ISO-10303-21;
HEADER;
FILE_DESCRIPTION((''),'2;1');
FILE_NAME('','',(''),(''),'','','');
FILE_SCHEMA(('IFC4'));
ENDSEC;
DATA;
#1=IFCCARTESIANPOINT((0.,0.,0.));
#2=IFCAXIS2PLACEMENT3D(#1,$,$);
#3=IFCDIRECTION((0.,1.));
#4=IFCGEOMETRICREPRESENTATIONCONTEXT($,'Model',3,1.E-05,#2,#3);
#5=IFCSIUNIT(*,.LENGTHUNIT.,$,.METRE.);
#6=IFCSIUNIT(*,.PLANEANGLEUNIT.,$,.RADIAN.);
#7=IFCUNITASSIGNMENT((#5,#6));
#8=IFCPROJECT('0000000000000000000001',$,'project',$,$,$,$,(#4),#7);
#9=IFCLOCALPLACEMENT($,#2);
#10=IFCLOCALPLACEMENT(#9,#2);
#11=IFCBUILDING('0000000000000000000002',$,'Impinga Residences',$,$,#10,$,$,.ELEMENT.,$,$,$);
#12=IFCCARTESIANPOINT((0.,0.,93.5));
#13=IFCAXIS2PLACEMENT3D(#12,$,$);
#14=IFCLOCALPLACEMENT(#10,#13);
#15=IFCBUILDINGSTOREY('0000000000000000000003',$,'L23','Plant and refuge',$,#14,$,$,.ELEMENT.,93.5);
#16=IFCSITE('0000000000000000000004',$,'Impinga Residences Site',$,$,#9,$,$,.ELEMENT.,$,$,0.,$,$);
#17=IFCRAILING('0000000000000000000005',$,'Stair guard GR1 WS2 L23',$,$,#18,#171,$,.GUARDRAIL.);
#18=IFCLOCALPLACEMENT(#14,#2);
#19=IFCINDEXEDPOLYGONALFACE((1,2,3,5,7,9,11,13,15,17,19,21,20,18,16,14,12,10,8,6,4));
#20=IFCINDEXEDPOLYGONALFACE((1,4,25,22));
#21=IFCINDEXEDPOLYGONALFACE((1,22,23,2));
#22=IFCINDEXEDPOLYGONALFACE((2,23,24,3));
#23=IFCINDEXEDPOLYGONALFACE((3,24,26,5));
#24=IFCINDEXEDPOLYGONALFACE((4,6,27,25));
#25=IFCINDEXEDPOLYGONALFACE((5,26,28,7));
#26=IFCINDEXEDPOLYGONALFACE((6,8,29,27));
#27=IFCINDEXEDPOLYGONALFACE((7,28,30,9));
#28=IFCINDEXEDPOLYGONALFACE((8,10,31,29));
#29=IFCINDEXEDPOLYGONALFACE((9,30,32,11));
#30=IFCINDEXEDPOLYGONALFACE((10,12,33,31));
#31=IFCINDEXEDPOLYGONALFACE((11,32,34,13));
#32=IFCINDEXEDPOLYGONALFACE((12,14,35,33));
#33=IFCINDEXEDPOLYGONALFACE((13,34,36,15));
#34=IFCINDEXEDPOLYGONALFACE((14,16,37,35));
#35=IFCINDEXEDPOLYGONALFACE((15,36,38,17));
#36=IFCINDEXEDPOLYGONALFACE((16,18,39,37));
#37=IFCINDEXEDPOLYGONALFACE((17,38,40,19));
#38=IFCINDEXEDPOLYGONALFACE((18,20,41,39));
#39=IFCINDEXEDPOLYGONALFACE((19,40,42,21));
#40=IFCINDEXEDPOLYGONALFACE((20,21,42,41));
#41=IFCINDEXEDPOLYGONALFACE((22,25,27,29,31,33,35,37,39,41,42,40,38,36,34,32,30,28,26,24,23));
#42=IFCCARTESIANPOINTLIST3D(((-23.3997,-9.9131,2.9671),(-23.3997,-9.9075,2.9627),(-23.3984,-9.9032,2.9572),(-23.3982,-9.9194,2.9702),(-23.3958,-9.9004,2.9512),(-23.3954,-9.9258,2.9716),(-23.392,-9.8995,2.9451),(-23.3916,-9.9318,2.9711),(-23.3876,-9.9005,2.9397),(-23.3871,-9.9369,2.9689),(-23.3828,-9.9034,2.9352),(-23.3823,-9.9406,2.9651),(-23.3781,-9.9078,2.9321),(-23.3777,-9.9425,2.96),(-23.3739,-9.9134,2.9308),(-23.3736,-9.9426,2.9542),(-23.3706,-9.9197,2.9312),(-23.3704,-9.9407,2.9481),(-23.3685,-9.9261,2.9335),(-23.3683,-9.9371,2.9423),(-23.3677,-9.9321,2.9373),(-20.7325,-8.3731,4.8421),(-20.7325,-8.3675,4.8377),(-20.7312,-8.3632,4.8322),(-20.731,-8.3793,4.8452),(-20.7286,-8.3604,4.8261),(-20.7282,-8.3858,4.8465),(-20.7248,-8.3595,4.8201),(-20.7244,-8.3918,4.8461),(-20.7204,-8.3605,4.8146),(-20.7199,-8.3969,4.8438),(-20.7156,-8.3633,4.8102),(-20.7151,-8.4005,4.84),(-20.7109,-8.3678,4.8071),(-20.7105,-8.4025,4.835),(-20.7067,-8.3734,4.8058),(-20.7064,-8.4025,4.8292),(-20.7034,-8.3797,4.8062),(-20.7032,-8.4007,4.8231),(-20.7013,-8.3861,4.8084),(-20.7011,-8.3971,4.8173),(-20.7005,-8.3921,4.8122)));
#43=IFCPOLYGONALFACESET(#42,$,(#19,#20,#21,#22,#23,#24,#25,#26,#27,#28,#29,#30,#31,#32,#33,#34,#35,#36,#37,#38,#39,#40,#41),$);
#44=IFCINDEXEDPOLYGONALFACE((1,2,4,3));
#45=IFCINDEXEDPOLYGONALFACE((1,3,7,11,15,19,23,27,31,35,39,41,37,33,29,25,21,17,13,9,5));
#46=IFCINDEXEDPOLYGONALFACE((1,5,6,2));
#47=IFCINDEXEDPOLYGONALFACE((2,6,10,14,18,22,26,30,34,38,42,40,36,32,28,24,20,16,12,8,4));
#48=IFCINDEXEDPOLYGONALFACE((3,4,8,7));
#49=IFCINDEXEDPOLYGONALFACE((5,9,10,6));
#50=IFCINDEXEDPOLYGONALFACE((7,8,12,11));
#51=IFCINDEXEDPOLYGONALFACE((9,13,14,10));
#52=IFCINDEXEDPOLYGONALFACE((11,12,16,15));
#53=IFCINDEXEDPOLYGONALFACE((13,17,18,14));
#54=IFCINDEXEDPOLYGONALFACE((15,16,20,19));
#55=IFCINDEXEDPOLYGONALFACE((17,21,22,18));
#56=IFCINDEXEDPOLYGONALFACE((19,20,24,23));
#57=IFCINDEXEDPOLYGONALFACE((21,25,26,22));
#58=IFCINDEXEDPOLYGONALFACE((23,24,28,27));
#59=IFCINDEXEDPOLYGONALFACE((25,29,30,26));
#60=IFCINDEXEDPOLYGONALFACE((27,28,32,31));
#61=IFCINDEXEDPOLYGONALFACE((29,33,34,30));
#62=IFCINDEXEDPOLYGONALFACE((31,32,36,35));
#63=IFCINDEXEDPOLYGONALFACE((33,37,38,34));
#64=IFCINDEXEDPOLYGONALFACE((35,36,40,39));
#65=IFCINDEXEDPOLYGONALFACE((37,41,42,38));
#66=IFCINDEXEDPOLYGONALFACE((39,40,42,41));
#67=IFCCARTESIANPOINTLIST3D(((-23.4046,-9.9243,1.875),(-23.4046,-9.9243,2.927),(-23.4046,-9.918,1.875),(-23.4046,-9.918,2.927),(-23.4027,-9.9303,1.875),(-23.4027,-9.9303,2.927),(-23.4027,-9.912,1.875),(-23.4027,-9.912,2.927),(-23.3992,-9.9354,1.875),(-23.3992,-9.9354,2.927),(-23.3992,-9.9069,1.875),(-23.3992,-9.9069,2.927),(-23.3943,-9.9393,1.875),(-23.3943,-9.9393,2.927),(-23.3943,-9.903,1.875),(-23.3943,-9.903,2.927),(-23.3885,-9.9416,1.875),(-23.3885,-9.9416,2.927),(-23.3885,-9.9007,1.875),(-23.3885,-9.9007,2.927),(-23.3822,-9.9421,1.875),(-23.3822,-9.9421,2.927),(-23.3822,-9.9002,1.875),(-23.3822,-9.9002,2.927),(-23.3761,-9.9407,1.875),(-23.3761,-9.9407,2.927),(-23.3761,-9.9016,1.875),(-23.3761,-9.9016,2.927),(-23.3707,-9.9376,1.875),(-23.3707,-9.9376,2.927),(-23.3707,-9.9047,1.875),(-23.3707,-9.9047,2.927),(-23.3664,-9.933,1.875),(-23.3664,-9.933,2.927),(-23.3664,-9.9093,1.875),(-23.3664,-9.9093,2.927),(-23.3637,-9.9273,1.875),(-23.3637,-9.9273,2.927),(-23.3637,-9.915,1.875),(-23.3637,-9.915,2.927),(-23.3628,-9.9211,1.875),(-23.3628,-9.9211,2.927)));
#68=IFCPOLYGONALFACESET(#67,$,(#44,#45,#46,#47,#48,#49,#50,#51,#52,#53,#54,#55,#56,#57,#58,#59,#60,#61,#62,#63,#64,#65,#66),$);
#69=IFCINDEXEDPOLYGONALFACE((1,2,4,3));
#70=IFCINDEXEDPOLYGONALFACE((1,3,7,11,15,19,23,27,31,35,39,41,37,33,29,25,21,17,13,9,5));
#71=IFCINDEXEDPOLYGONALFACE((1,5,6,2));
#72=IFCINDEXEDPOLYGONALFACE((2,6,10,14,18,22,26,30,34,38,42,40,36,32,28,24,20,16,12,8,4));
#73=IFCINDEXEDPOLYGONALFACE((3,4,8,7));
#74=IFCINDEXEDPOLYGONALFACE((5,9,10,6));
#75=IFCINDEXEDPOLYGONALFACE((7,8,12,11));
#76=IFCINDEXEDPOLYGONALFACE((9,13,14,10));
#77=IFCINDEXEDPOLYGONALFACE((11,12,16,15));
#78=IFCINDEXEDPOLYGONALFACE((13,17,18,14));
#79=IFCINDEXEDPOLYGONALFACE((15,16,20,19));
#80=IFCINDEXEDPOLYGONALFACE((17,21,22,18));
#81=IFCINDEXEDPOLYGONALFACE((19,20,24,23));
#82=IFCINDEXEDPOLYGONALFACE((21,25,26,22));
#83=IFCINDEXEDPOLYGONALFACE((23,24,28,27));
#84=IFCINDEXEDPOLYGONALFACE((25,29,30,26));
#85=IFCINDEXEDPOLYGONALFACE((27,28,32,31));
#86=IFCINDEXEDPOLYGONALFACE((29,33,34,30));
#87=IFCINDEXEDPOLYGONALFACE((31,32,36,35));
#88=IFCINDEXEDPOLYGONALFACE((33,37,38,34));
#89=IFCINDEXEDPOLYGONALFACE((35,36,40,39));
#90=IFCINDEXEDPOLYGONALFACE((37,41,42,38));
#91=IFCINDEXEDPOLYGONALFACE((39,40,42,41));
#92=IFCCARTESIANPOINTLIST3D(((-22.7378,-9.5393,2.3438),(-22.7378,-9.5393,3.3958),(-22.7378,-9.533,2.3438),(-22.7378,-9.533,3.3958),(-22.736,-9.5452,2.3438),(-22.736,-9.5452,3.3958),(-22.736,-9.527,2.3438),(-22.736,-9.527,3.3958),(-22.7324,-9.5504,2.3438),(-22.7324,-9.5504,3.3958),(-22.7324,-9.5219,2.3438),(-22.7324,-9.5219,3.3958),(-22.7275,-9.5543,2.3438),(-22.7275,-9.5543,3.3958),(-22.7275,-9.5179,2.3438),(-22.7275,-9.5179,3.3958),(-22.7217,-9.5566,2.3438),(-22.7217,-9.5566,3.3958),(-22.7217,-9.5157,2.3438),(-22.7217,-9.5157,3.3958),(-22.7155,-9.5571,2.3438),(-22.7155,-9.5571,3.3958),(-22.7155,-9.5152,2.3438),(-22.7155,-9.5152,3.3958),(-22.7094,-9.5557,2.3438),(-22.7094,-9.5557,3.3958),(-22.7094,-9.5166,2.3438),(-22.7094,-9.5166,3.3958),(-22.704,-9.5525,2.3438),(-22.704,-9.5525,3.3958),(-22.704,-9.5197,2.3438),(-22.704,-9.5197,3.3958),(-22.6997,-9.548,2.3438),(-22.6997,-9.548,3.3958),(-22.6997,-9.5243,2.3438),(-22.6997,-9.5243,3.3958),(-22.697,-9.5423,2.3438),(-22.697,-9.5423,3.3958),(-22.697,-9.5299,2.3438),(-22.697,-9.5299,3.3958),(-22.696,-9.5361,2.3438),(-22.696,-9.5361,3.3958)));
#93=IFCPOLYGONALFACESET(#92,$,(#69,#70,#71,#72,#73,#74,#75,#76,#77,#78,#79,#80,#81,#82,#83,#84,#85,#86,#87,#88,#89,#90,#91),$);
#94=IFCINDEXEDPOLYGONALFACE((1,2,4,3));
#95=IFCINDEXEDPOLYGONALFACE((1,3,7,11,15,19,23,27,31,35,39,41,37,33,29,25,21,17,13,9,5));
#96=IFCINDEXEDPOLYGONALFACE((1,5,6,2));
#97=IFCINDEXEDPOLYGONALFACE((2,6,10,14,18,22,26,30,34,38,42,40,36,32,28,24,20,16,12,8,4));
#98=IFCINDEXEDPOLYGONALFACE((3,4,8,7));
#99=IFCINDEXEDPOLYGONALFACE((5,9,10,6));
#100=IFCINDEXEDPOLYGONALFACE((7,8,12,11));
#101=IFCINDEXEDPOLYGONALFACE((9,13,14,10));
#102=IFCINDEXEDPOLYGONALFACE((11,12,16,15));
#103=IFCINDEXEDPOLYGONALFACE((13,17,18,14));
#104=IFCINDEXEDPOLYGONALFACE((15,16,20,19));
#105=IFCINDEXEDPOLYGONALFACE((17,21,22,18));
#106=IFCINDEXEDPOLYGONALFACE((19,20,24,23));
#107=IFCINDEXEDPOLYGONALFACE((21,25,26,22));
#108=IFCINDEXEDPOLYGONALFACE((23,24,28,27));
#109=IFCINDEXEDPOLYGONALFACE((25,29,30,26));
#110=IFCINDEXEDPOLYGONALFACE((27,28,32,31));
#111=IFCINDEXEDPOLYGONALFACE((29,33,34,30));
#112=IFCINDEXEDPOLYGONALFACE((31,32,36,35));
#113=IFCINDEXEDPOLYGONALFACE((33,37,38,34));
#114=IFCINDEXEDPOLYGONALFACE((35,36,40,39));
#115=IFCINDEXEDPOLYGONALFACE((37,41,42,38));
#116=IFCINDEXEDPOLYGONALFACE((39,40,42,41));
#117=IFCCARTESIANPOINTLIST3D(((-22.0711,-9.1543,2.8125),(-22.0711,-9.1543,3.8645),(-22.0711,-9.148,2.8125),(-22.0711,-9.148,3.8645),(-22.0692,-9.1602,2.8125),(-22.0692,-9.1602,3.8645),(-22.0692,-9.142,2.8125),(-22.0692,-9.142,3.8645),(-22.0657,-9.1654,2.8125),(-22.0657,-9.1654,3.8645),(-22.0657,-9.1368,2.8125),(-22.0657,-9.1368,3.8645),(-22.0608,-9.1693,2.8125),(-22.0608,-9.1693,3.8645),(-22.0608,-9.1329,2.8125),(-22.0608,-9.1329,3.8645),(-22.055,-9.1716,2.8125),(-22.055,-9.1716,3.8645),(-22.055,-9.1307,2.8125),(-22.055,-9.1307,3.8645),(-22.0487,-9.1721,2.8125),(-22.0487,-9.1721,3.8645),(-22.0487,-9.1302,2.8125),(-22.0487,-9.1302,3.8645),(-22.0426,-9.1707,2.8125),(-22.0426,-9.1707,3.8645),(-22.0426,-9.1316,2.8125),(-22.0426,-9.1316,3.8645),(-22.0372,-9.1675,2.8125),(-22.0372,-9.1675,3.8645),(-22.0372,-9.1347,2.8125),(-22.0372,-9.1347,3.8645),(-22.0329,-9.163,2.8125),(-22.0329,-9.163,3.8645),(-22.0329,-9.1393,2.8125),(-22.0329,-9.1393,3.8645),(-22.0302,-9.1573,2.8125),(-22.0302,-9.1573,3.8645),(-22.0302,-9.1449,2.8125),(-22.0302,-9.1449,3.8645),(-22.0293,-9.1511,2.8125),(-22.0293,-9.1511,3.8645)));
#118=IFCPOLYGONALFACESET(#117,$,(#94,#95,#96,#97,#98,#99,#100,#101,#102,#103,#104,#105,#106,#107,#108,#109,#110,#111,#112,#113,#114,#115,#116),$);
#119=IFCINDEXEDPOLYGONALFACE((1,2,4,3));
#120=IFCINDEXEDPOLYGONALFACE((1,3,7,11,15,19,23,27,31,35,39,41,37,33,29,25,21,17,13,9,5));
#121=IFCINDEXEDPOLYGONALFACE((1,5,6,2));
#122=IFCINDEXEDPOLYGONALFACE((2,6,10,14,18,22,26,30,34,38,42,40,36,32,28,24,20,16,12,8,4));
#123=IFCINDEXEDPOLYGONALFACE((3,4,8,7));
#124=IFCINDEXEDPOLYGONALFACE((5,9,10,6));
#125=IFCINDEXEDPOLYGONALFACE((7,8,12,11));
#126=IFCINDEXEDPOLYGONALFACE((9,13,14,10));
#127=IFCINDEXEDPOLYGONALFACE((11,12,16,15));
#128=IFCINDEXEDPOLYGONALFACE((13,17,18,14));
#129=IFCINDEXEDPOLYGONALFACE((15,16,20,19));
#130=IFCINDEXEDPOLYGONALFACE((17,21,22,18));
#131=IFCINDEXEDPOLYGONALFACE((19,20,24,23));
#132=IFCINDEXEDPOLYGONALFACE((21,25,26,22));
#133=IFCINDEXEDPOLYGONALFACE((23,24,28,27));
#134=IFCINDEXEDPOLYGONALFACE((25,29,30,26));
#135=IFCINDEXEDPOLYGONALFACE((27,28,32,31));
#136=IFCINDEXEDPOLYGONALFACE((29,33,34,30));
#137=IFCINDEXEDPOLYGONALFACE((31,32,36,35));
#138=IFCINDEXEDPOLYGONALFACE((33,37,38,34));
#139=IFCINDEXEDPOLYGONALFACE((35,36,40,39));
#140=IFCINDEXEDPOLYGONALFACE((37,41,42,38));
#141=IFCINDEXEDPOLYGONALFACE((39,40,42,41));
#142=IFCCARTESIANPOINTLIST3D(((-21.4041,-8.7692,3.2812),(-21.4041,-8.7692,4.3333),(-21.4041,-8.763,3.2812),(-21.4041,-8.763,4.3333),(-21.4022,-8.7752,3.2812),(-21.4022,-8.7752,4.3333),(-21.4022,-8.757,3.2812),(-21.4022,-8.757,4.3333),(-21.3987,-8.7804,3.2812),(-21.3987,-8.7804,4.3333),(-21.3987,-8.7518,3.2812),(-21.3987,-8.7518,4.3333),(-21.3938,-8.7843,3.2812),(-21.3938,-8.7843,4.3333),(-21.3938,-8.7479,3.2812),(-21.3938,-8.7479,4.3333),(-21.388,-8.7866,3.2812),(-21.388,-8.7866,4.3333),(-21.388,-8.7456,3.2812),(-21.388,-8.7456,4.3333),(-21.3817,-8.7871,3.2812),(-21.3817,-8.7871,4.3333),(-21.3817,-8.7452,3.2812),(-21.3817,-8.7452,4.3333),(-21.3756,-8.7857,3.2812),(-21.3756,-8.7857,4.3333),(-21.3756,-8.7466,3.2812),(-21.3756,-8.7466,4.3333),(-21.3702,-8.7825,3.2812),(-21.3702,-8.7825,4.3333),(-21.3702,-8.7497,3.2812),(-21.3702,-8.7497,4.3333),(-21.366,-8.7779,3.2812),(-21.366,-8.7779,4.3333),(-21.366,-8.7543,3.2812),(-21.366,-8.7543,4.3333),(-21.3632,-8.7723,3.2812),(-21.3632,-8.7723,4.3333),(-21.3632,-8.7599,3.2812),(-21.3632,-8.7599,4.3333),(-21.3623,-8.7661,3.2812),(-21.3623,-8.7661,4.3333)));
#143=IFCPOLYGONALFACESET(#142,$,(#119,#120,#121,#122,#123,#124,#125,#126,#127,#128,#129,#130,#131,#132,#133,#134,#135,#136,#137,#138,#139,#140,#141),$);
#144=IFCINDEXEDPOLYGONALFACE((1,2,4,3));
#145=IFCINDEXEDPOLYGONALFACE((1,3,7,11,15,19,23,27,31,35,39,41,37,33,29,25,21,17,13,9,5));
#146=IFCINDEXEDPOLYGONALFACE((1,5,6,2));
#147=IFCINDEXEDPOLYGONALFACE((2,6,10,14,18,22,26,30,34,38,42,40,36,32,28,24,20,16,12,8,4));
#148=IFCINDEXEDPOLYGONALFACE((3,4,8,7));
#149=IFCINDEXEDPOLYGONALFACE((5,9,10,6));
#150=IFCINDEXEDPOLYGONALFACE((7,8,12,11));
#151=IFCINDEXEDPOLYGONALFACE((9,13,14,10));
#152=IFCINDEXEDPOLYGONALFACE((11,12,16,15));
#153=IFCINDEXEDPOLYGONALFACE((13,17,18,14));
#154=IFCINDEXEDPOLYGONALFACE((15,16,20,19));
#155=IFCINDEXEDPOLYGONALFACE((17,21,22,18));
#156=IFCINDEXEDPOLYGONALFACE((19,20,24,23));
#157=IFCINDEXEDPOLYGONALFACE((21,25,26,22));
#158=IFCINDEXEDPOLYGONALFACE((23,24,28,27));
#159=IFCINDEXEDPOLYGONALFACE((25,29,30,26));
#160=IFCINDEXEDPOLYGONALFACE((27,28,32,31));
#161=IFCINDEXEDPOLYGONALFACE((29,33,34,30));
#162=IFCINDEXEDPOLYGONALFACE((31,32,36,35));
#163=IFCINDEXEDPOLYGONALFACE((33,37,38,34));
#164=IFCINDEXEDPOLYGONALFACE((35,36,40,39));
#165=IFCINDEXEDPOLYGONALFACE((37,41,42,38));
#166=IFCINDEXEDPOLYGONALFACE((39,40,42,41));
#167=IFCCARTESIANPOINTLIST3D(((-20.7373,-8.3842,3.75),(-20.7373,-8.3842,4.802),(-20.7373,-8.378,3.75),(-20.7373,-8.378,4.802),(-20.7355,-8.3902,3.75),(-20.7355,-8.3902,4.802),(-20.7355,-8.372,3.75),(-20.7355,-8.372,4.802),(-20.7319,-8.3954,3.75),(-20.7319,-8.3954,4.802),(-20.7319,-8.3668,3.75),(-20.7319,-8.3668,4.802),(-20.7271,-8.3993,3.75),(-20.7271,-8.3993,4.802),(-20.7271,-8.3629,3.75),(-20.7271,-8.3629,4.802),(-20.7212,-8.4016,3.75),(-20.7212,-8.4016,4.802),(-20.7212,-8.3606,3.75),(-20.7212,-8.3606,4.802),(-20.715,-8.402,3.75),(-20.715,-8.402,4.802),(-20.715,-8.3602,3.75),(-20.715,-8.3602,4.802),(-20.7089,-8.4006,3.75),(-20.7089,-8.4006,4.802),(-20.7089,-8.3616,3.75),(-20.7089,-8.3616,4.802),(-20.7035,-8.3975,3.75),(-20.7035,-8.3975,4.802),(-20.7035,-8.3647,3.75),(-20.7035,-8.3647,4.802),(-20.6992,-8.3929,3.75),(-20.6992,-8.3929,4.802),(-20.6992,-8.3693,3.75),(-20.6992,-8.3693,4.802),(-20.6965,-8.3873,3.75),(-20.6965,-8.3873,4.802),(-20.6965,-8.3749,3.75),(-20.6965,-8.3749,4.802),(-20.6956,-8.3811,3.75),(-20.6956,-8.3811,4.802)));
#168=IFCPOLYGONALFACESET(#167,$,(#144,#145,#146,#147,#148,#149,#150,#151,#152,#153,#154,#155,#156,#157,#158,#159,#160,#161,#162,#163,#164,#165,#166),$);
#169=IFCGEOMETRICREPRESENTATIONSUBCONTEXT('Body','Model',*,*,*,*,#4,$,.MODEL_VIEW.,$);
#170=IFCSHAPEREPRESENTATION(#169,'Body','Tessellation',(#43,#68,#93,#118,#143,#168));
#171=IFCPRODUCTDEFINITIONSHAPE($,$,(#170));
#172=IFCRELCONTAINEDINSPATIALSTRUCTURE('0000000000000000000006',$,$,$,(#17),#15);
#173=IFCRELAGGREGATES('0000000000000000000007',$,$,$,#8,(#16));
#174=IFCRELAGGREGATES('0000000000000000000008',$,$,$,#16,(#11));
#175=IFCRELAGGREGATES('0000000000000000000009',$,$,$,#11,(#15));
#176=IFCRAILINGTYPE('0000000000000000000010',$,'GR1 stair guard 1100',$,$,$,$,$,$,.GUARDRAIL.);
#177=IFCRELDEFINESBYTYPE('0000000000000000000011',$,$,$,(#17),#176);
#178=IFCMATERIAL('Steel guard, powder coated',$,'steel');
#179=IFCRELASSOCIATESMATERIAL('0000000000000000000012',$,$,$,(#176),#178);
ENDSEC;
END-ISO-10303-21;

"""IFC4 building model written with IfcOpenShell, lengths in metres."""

from ifc_helpers import new_model, si_unit, direction, frame, origin, origin_2d, place, context, subcontext, project, spatial, circle, extrude, material, type_object, element, save


model = new_model("IFC4")

# Units and contexts
model_context = context("Model", 3, precision=1e-05, world=origin(), true_north=direction((0.0, 1.0)))
body_context = subcontext(model_context, "Body", "Model", "MODEL_VIEW")
ifc_project = project(units=[si_unit("LENGTHUNIT", "METRE"), si_unit("PLANEANGLEUNIT", "RADIAN")], contexts=[model_context])

# Site, building, storey
site_placement = place(None, origin())
site = spatial("IfcSite", under=ifc_project, at=site_placement, Name="Impinga Residences Site", CompositionType="ELEMENT", RefElevation=0.0)
building_placement = place(site_placement, origin())
building = spatial("IfcBuilding", under=site, at=building_placement, Name="Impinga Residences", CompositionType="ELEMENT")
storey_placement = place(building_placement, frame((0.0, 0.0, 93.5)))
storey = spatial("IfcBuildingStorey", under=building, at=storey_placement, Name="L23", Description="Plant and refuge", CompositionType="ELEMENT", Elevation=93.5)

# Railing
ifc_material_1 = material(Name="Steel guard, powder coated", Category="steel")
railing_type_1 = type_object("IfcRailingType", Name="GR1 stair guard 1100", PredefinedType="GUARDRAIL", material=ifc_material_1)
for number, where, name in (
    (1, (-23.3838, -9.9211, 1.875), "Stair guard GR1 WS2 L23"),
):
    element("IfcRailing", number, at=place(storey_placement, frame(where)), inside=storey, type_object=railing_type_1, Name=name, PredefinedType="GUARDRAIL", context=body_context, shape_type="SweptSolid", body=[
        extrude(circle(Radius=0.0239, at=origin_2d()), frame((0.0, 0.0, 1.0762), z_axis=(0.739716, 0.427105, 0.520002), x_axis=(-0.500027, 0.86601, 0.0)), (0.0, 0.0, 1.0), 3.6057),
        extrude(circle(Radius=0.021, at=origin_2d()), origin(), (0.0, 0.0, 1.0), 1.052),
        extrude(circle(Radius=0.021, at=origin_2d()), frame((0.6667, 0.385, 0.4688)), (0.0, 0.0, 1.0), 1.052),
        extrude(circle(Radius=0.021, at=origin_2d()), frame((1.3335, 0.77, 0.9375)), (0.0, 0.0, 1.0), 1.052),
        extrude(circle(Radius=0.021, at=origin_2d()), frame((2.0005, 1.155, 1.4062)), (0.0, 0.0, 1.0), 1.052),
        extrude(circle(Radius=0.021, at=origin_2d()), frame((2.6672, 1.54, 1.875)), (0.0, 0.0, 1.0), 1.052),
    ])

save(model, "model.ifc")
